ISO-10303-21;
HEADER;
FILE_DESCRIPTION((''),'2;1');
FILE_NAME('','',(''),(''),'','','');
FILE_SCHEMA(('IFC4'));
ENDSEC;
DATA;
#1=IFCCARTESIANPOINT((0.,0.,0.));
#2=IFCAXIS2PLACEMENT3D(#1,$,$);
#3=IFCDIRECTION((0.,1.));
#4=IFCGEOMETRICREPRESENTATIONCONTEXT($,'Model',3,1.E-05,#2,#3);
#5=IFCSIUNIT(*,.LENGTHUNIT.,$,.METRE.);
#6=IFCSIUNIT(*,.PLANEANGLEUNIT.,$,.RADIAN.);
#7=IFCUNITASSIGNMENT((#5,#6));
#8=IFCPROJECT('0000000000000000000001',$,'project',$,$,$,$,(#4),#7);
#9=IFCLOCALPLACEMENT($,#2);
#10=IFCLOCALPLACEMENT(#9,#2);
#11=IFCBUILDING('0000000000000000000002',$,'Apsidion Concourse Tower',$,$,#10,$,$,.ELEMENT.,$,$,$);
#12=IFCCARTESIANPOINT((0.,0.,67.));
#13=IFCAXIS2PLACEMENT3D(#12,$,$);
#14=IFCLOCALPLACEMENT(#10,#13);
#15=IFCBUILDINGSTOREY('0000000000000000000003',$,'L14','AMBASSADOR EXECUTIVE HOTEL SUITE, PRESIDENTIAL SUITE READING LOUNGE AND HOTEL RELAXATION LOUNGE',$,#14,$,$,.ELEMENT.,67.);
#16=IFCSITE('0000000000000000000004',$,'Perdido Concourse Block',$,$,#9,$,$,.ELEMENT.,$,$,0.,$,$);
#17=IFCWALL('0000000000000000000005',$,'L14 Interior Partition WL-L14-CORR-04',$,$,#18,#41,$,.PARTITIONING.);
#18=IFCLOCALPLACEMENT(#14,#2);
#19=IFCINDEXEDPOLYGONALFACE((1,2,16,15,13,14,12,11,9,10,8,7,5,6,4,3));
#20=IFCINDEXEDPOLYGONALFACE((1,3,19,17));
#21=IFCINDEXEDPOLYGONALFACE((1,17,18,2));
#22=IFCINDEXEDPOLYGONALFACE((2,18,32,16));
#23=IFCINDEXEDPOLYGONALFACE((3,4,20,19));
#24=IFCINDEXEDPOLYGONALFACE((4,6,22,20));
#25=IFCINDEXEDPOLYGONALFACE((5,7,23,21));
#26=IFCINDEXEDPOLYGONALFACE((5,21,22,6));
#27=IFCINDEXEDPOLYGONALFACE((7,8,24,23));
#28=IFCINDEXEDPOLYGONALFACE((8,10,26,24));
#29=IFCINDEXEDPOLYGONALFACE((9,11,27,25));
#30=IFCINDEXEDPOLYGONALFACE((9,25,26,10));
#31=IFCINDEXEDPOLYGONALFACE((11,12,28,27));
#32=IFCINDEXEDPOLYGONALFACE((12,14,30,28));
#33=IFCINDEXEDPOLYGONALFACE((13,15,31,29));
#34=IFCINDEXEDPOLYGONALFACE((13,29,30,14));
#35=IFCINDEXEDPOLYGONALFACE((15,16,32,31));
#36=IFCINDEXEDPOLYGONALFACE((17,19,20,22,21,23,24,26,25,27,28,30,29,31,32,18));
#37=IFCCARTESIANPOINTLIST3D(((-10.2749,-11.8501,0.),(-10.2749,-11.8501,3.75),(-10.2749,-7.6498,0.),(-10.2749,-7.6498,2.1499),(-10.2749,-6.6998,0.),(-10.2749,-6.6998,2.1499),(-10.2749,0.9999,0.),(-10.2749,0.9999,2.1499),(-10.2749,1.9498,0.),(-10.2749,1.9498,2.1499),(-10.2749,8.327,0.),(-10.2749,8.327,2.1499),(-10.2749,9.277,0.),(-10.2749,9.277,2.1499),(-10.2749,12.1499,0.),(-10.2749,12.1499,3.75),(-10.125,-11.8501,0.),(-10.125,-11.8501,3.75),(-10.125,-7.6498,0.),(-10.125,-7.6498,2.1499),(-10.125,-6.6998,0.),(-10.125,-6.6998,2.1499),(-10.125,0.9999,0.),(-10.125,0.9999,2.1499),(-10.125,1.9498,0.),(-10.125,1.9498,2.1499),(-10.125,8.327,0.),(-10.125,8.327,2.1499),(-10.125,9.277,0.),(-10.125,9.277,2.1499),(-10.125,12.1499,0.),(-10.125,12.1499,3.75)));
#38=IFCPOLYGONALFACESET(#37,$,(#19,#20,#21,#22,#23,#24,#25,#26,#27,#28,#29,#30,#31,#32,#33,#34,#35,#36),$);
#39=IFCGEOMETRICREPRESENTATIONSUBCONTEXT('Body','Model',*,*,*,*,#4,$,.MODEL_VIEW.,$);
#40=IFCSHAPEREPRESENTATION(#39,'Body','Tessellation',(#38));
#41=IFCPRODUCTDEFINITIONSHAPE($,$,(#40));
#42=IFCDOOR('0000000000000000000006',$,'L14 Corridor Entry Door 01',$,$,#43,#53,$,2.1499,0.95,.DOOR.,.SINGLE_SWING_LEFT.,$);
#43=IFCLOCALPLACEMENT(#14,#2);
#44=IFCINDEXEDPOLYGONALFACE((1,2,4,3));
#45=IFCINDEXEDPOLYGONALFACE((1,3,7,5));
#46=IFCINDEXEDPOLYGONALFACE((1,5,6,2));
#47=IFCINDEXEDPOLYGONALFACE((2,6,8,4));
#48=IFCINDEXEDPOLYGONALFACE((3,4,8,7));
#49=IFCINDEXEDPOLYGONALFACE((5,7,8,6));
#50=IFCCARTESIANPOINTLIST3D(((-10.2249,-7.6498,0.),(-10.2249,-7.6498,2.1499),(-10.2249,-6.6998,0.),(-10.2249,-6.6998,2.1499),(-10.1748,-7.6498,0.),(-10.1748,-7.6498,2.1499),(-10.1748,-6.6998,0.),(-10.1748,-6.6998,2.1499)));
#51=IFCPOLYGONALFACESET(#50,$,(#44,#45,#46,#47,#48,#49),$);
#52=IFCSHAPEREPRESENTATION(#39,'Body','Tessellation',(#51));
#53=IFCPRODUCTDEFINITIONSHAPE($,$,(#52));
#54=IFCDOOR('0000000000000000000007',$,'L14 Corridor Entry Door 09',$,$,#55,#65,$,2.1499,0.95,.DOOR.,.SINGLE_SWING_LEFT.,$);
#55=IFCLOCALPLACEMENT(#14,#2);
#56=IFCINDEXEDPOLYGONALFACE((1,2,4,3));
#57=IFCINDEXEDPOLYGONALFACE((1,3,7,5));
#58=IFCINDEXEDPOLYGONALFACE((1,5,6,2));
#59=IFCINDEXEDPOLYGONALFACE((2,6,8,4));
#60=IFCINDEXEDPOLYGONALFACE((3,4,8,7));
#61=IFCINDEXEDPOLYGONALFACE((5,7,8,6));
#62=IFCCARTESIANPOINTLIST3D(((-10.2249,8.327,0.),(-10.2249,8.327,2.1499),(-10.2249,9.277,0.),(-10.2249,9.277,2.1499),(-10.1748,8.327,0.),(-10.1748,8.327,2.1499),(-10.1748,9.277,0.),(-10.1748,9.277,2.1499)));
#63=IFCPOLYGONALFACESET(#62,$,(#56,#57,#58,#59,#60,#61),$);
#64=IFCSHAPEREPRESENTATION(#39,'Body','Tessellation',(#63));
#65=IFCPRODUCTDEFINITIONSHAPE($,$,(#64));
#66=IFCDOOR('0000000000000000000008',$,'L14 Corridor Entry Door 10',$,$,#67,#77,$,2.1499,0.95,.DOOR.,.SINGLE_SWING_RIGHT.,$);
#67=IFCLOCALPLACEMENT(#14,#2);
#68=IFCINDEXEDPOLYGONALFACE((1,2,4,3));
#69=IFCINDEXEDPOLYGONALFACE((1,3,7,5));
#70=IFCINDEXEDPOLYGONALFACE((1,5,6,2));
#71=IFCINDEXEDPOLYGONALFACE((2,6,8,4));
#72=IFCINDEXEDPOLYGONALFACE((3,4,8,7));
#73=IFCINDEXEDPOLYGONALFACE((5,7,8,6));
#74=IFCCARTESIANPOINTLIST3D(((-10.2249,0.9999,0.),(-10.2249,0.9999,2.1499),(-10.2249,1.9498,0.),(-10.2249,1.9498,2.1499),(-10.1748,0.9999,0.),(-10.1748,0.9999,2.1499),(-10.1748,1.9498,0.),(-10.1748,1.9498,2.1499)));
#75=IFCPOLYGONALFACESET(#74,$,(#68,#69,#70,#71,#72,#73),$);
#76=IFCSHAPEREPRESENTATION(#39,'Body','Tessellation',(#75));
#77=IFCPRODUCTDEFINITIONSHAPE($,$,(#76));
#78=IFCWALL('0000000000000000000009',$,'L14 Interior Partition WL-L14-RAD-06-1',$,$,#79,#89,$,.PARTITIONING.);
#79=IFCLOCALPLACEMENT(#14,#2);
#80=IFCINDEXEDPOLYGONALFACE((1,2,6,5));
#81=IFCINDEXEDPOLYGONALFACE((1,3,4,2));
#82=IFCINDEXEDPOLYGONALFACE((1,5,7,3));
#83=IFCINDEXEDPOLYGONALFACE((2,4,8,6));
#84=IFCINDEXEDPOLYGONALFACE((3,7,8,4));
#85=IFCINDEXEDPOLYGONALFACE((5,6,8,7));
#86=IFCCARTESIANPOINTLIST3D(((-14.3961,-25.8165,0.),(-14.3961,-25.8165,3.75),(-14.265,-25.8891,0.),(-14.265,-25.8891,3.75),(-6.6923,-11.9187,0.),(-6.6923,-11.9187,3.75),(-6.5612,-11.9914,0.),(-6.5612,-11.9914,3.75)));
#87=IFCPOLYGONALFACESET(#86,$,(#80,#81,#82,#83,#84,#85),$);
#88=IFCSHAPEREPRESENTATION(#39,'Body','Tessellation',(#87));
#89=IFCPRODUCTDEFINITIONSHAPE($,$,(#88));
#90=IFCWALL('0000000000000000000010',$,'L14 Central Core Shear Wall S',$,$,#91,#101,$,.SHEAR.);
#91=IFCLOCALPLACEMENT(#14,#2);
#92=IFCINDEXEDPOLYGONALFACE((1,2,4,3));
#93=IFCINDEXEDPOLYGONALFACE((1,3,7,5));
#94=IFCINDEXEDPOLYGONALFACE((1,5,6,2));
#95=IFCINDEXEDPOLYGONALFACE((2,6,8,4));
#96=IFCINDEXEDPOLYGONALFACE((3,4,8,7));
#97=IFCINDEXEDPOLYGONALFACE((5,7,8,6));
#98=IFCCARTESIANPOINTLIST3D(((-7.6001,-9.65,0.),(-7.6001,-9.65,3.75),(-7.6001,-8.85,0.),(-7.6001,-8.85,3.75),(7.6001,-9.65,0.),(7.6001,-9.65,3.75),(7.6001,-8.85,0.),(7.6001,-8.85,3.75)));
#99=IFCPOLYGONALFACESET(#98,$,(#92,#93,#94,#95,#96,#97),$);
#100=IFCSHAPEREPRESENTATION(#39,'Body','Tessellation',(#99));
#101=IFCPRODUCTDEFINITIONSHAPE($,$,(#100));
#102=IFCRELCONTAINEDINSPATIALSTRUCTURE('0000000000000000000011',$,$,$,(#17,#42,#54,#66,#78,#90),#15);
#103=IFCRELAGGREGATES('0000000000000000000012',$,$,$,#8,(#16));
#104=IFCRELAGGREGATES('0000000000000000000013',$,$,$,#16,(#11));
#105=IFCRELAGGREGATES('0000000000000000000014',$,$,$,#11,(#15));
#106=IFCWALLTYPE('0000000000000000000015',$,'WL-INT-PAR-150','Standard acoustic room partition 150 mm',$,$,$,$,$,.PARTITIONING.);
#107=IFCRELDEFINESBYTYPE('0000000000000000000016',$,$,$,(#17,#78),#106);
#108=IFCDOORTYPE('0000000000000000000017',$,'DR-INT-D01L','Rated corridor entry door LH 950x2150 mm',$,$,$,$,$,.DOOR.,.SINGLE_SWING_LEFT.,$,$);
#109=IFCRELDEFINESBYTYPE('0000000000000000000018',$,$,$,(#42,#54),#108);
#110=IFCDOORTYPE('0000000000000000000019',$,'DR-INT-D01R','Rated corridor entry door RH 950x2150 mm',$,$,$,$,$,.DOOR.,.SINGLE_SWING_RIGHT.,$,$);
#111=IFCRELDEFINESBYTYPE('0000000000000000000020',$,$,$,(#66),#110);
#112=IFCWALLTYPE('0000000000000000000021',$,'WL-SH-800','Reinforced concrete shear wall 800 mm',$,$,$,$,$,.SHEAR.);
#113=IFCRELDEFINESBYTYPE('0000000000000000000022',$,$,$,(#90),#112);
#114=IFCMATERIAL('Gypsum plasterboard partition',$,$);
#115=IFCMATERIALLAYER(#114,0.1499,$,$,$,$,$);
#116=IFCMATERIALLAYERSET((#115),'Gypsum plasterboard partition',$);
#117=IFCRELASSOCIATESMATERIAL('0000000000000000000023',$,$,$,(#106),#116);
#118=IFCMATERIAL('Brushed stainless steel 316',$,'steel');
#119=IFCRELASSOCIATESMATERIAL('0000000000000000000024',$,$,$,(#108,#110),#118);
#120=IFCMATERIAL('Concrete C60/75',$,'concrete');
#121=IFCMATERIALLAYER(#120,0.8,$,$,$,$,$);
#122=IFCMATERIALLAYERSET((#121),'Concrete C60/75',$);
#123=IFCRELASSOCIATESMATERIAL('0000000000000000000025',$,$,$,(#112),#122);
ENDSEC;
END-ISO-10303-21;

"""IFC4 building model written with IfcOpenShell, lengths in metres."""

from ifc_helpers import new_model, si_unit, direction, frame, frame_2d, origin, place, context, subcontext, project, spatial, rectangle, extrude, material, layer, layer_set, type_object, element, fill, save


model = new_model("IFC4")

# Units and contexts
model_context = context("Model", 3, precision=1e-05, world=origin(), true_north=direction((0.0, 1.0)))
body_context = subcontext(model_context, "Body", "Model", "MODEL_VIEW")
ifc_project = project(units=[si_unit("LENGTHUNIT", "METRE"), si_unit("PLANEANGLEUNIT", "RADIAN")], contexts=[model_context])

# Site, building, storey
site_placement = place(None, origin())
site = spatial("IfcSite", under=ifc_project, at=site_placement, Name="Perdido Concourse Block", CompositionType="ELEMENT", RefElevation=0.0)
building_placement = place(site_placement, origin())
building = spatial("IfcBuilding", under=site, at=building_placement, Name="Apsidion Concourse Tower", CompositionType="ELEMENT")
storey_placement = place(building_placement, frame((0.0, 0.0, 67.0)))
storey = spatial("IfcBuildingStorey", under=building, at=storey_placement, Name="L14", Description="AMBASSADOR EXECUTIVE HOTEL SUITE, PRESIDENTIAL SUITE READING LOUNGE AND HOTEL RELAXATION LOUNGE", CompositionType="ELEMENT", Elevation=67.0)

# Shared definitions
ifc_material_1 = material(Name="Concrete C60/75", Category="concrete")

# Shared definitions
ifc_material_2 = material(Name="Gypsum plasterboard partition")
ifc_layer_1 = layer(ifc_material_2, 0.1499)
ifc_layer_set_1 = layer_set([ifc_layer_1], Name="Gypsum plasterboard partition")
wall_type_1 = type_object("IfcWallType", Name="WL-INT-PAR-150", Description="Standard acoustic room partition 150 mm", PredefinedType="PARTITIONING", material=ifc_layer_set_1)

# Wall, openings, doors
wall_1_placement = place(storey_placement, frame((-10.2, -11.8501, 0.0), z_axis=(0.0, 0.0, 1.0), x_axis=(0.0, 1.0, 0.0)))
wall_1 = element("IfcWall", 1, at=wall_1_placement, inside=storey, type_object=wall_type_1, Name="L14 Interior Partition WL-L14-CORR-04", PredefinedType="PARTITIONING", context=body_context, shape_type="SweptSolid", body=[
    extrude(rectangle(XDim=24.0, YDim=0.1499, at=frame_2d((12.0, 0.0))), origin(), (0.0, 0.0, 1.0), 3.75),
])
opening_1_placement = place(wall_1_placement, frame((4.2002, 0.0, 0.0)))
opening_1 = element("IfcOpeningElement", 2, at=opening_1_placement, cuts=wall_1, PredefinedType="OPENING", context=body_context, shape_type="SweptSolid", body=[
    extrude(rectangle(XDim=0.95, YDim=2.1499, at=frame_2d((0.4751, 1.075))), frame((0.0, 0.085, 0.0), z_axis=(0.0, -1.0, 0.0), x_axis=(1.0, 0.0, 0.0)), (0.0, 0.0, 1.0), 0.1699),
])
opening_2_placement = place(wall_1_placement, frame((20.177, 0.0, 0.0)))
opening_2 = element("IfcOpeningElement", 3, at=opening_2_placement, cuts=wall_1, PredefinedType="OPENING", context=body_context, shape_type="SweptSolid", body=[
    extrude(rectangle(XDim=0.95, YDim=2.1499, at=frame_2d((0.4751, 1.075))), frame((0.0, 0.085, 0.0), z_axis=(0.0, -1.0, 0.0), x_axis=(1.0, 0.0, 0.0)), (0.0, 0.0, 1.0), 0.1699),
])
opening_3_placement = place(wall_1_placement, frame((12.8499, 0.0, 0.0)))
opening_3 = element("IfcOpeningElement", 4, at=opening_3_placement, cuts=wall_1, PredefinedType="OPENING", context=body_context, shape_type="SweptSolid", body=[
    extrude(rectangle(XDim=0.95, YDim=2.1499, at=frame_2d((0.4751, 1.075))), frame((0.0, 0.085, 0.0), z_axis=(0.0, -1.0, 0.0), x_axis=(1.0, 0.0, 0.0)), (0.0, 0.0, 1.0), 0.1699),
])
ifc_material_3 = material(Name="Brushed stainless steel 316", Category="steel")
door_type_1 = type_object("IfcDoorType", Name="DR-INT-D01L", Description="Rated corridor entry door LH 950x2150 mm", OperationType="SINGLE_SWING_LEFT", PredefinedType="DOOR", material=ifc_material_3)
door_1_placement = place(opening_1_placement, origin())
door_1 = element("IfcDoor", 5, at=door_1_placement, inside=storey, type_object=door_type_1, Name="L14 Corridor Entry Door 01", OperationType="SINGLE_SWING_LEFT", OverallHeight=2.1499, OverallWidth=0.95, PredefinedType="DOOR", context=body_context, shape_type="SweptSolid", body=[
    extrude(rectangle(XDim=0.95, YDim=2.1499, at=frame_2d((0.4751, 1.075))), frame((0.0, 0.0249, 0.0), z_axis=(0.0, -1.0, 0.0), x_axis=(1.0, 0.0, 0.0)), (0.0, 0.0, 1.0), 0.05),
])
fill(opening_1, door_1)
door_2_placement = place(opening_2_placement, origin())
door_2 = element("IfcDoor", 6, at=door_2_placement, inside=storey, type_object=door_type_1, Name="L14 Corridor Entry Door 09", OperationType="SINGLE_SWING_LEFT", OverallHeight=2.1499, OverallWidth=0.95, PredefinedType="DOOR", context=body_context, shape_type="SweptSolid", body=[
    extrude(rectangle(XDim=0.95, YDim=2.1499, at=frame_2d((0.4751, 1.075))), frame((0.0, 0.0249, 0.0), z_axis=(0.0, -1.0, 0.0), x_axis=(1.0, 0.0, 0.0)), (0.0, 0.0, 1.0), 0.05),
])
fill(opening_2, door_2)
door_type_2 = type_object("IfcDoorType", Name="DR-INT-D01R", Description="Rated corridor entry door RH 950x2150 mm", OperationType="SINGLE_SWING_RIGHT", PredefinedType="DOOR", material=ifc_material_3)
door_3_placement = place(opening_3_placement, origin())
door_3 = element("IfcDoor", 7, at=door_3_placement, inside=storey, type_object=door_type_2, Name="L14 Corridor Entry Door 10", OperationType="SINGLE_SWING_RIGHT", OverallHeight=2.1499, OverallWidth=0.95, PredefinedType="DOOR", context=body_context, shape_type="SweptSolid", body=[
    extrude(rectangle(XDim=0.95, YDim=2.1499, at=frame_2d((0.4751, 1.075))), frame((0.0, 0.0249, 0.0), z_axis=(0.0, -1.0, 0.0), x_axis=(1.0, 0.0, 0.0)), (0.0, 0.0, 1.0), 0.05),
])
fill(opening_3, door_3)

# Wall
wall_2_placement = place(storey_placement, frame((-6.6267, -11.9551, 0.0), z_axis=(0.0, 0.0, 1.0), x_axis=(-0.484821, -0.874613, 0.0)))
element("IfcWall", 8, at=wall_2_placement, inside=storey, type_object=wall_type_1, Name="L14 Interior Partition WL-L14-RAD-06-1", PredefinedType="PARTITIONING", context=body_context, shape_type="SweptSolid", body=[
    extrude(rectangle(XDim=15.8901, YDim=0.1499, at=frame_2d((7.9451, 0.0))), origin(), (0.0, 0.0, 1.0), 3.75),
])

# Shared definitions
ifc_layer_2 = layer(ifc_material_1, 0.8)
ifc_layer_set_2 = layer_set([ifc_layer_2], Name="Concrete C60/75")
wall_type_2 = type_object("IfcWallType", Name="WL-SH-800", Description="Reinforced concrete shear wall 800 mm", PredefinedType="SHEAR", material=ifc_layer_set_2)

# Wall
wall_3_placement = place(storey_placement, frame((-7.6001, -9.25, 0.0), z_axis=(0.0, 0.0, 1.0), x_axis=(1.0, 0.0, 0.0)))
element("IfcWall", 9, at=wall_3_placement, inside=storey, type_object=wall_type_2, Name="L14 Central Core Shear Wall S", PredefinedType="SHEAR", context=body_context, shape_type="SweptSolid", body=[
    extrude(rectangle(XDim=15.2002, YDim=0.8, at=frame_2d((7.6001, 0.0))), origin(), (0.0, 0.0, 1.0), 3.75),
])

save(model, "model.ifc")
